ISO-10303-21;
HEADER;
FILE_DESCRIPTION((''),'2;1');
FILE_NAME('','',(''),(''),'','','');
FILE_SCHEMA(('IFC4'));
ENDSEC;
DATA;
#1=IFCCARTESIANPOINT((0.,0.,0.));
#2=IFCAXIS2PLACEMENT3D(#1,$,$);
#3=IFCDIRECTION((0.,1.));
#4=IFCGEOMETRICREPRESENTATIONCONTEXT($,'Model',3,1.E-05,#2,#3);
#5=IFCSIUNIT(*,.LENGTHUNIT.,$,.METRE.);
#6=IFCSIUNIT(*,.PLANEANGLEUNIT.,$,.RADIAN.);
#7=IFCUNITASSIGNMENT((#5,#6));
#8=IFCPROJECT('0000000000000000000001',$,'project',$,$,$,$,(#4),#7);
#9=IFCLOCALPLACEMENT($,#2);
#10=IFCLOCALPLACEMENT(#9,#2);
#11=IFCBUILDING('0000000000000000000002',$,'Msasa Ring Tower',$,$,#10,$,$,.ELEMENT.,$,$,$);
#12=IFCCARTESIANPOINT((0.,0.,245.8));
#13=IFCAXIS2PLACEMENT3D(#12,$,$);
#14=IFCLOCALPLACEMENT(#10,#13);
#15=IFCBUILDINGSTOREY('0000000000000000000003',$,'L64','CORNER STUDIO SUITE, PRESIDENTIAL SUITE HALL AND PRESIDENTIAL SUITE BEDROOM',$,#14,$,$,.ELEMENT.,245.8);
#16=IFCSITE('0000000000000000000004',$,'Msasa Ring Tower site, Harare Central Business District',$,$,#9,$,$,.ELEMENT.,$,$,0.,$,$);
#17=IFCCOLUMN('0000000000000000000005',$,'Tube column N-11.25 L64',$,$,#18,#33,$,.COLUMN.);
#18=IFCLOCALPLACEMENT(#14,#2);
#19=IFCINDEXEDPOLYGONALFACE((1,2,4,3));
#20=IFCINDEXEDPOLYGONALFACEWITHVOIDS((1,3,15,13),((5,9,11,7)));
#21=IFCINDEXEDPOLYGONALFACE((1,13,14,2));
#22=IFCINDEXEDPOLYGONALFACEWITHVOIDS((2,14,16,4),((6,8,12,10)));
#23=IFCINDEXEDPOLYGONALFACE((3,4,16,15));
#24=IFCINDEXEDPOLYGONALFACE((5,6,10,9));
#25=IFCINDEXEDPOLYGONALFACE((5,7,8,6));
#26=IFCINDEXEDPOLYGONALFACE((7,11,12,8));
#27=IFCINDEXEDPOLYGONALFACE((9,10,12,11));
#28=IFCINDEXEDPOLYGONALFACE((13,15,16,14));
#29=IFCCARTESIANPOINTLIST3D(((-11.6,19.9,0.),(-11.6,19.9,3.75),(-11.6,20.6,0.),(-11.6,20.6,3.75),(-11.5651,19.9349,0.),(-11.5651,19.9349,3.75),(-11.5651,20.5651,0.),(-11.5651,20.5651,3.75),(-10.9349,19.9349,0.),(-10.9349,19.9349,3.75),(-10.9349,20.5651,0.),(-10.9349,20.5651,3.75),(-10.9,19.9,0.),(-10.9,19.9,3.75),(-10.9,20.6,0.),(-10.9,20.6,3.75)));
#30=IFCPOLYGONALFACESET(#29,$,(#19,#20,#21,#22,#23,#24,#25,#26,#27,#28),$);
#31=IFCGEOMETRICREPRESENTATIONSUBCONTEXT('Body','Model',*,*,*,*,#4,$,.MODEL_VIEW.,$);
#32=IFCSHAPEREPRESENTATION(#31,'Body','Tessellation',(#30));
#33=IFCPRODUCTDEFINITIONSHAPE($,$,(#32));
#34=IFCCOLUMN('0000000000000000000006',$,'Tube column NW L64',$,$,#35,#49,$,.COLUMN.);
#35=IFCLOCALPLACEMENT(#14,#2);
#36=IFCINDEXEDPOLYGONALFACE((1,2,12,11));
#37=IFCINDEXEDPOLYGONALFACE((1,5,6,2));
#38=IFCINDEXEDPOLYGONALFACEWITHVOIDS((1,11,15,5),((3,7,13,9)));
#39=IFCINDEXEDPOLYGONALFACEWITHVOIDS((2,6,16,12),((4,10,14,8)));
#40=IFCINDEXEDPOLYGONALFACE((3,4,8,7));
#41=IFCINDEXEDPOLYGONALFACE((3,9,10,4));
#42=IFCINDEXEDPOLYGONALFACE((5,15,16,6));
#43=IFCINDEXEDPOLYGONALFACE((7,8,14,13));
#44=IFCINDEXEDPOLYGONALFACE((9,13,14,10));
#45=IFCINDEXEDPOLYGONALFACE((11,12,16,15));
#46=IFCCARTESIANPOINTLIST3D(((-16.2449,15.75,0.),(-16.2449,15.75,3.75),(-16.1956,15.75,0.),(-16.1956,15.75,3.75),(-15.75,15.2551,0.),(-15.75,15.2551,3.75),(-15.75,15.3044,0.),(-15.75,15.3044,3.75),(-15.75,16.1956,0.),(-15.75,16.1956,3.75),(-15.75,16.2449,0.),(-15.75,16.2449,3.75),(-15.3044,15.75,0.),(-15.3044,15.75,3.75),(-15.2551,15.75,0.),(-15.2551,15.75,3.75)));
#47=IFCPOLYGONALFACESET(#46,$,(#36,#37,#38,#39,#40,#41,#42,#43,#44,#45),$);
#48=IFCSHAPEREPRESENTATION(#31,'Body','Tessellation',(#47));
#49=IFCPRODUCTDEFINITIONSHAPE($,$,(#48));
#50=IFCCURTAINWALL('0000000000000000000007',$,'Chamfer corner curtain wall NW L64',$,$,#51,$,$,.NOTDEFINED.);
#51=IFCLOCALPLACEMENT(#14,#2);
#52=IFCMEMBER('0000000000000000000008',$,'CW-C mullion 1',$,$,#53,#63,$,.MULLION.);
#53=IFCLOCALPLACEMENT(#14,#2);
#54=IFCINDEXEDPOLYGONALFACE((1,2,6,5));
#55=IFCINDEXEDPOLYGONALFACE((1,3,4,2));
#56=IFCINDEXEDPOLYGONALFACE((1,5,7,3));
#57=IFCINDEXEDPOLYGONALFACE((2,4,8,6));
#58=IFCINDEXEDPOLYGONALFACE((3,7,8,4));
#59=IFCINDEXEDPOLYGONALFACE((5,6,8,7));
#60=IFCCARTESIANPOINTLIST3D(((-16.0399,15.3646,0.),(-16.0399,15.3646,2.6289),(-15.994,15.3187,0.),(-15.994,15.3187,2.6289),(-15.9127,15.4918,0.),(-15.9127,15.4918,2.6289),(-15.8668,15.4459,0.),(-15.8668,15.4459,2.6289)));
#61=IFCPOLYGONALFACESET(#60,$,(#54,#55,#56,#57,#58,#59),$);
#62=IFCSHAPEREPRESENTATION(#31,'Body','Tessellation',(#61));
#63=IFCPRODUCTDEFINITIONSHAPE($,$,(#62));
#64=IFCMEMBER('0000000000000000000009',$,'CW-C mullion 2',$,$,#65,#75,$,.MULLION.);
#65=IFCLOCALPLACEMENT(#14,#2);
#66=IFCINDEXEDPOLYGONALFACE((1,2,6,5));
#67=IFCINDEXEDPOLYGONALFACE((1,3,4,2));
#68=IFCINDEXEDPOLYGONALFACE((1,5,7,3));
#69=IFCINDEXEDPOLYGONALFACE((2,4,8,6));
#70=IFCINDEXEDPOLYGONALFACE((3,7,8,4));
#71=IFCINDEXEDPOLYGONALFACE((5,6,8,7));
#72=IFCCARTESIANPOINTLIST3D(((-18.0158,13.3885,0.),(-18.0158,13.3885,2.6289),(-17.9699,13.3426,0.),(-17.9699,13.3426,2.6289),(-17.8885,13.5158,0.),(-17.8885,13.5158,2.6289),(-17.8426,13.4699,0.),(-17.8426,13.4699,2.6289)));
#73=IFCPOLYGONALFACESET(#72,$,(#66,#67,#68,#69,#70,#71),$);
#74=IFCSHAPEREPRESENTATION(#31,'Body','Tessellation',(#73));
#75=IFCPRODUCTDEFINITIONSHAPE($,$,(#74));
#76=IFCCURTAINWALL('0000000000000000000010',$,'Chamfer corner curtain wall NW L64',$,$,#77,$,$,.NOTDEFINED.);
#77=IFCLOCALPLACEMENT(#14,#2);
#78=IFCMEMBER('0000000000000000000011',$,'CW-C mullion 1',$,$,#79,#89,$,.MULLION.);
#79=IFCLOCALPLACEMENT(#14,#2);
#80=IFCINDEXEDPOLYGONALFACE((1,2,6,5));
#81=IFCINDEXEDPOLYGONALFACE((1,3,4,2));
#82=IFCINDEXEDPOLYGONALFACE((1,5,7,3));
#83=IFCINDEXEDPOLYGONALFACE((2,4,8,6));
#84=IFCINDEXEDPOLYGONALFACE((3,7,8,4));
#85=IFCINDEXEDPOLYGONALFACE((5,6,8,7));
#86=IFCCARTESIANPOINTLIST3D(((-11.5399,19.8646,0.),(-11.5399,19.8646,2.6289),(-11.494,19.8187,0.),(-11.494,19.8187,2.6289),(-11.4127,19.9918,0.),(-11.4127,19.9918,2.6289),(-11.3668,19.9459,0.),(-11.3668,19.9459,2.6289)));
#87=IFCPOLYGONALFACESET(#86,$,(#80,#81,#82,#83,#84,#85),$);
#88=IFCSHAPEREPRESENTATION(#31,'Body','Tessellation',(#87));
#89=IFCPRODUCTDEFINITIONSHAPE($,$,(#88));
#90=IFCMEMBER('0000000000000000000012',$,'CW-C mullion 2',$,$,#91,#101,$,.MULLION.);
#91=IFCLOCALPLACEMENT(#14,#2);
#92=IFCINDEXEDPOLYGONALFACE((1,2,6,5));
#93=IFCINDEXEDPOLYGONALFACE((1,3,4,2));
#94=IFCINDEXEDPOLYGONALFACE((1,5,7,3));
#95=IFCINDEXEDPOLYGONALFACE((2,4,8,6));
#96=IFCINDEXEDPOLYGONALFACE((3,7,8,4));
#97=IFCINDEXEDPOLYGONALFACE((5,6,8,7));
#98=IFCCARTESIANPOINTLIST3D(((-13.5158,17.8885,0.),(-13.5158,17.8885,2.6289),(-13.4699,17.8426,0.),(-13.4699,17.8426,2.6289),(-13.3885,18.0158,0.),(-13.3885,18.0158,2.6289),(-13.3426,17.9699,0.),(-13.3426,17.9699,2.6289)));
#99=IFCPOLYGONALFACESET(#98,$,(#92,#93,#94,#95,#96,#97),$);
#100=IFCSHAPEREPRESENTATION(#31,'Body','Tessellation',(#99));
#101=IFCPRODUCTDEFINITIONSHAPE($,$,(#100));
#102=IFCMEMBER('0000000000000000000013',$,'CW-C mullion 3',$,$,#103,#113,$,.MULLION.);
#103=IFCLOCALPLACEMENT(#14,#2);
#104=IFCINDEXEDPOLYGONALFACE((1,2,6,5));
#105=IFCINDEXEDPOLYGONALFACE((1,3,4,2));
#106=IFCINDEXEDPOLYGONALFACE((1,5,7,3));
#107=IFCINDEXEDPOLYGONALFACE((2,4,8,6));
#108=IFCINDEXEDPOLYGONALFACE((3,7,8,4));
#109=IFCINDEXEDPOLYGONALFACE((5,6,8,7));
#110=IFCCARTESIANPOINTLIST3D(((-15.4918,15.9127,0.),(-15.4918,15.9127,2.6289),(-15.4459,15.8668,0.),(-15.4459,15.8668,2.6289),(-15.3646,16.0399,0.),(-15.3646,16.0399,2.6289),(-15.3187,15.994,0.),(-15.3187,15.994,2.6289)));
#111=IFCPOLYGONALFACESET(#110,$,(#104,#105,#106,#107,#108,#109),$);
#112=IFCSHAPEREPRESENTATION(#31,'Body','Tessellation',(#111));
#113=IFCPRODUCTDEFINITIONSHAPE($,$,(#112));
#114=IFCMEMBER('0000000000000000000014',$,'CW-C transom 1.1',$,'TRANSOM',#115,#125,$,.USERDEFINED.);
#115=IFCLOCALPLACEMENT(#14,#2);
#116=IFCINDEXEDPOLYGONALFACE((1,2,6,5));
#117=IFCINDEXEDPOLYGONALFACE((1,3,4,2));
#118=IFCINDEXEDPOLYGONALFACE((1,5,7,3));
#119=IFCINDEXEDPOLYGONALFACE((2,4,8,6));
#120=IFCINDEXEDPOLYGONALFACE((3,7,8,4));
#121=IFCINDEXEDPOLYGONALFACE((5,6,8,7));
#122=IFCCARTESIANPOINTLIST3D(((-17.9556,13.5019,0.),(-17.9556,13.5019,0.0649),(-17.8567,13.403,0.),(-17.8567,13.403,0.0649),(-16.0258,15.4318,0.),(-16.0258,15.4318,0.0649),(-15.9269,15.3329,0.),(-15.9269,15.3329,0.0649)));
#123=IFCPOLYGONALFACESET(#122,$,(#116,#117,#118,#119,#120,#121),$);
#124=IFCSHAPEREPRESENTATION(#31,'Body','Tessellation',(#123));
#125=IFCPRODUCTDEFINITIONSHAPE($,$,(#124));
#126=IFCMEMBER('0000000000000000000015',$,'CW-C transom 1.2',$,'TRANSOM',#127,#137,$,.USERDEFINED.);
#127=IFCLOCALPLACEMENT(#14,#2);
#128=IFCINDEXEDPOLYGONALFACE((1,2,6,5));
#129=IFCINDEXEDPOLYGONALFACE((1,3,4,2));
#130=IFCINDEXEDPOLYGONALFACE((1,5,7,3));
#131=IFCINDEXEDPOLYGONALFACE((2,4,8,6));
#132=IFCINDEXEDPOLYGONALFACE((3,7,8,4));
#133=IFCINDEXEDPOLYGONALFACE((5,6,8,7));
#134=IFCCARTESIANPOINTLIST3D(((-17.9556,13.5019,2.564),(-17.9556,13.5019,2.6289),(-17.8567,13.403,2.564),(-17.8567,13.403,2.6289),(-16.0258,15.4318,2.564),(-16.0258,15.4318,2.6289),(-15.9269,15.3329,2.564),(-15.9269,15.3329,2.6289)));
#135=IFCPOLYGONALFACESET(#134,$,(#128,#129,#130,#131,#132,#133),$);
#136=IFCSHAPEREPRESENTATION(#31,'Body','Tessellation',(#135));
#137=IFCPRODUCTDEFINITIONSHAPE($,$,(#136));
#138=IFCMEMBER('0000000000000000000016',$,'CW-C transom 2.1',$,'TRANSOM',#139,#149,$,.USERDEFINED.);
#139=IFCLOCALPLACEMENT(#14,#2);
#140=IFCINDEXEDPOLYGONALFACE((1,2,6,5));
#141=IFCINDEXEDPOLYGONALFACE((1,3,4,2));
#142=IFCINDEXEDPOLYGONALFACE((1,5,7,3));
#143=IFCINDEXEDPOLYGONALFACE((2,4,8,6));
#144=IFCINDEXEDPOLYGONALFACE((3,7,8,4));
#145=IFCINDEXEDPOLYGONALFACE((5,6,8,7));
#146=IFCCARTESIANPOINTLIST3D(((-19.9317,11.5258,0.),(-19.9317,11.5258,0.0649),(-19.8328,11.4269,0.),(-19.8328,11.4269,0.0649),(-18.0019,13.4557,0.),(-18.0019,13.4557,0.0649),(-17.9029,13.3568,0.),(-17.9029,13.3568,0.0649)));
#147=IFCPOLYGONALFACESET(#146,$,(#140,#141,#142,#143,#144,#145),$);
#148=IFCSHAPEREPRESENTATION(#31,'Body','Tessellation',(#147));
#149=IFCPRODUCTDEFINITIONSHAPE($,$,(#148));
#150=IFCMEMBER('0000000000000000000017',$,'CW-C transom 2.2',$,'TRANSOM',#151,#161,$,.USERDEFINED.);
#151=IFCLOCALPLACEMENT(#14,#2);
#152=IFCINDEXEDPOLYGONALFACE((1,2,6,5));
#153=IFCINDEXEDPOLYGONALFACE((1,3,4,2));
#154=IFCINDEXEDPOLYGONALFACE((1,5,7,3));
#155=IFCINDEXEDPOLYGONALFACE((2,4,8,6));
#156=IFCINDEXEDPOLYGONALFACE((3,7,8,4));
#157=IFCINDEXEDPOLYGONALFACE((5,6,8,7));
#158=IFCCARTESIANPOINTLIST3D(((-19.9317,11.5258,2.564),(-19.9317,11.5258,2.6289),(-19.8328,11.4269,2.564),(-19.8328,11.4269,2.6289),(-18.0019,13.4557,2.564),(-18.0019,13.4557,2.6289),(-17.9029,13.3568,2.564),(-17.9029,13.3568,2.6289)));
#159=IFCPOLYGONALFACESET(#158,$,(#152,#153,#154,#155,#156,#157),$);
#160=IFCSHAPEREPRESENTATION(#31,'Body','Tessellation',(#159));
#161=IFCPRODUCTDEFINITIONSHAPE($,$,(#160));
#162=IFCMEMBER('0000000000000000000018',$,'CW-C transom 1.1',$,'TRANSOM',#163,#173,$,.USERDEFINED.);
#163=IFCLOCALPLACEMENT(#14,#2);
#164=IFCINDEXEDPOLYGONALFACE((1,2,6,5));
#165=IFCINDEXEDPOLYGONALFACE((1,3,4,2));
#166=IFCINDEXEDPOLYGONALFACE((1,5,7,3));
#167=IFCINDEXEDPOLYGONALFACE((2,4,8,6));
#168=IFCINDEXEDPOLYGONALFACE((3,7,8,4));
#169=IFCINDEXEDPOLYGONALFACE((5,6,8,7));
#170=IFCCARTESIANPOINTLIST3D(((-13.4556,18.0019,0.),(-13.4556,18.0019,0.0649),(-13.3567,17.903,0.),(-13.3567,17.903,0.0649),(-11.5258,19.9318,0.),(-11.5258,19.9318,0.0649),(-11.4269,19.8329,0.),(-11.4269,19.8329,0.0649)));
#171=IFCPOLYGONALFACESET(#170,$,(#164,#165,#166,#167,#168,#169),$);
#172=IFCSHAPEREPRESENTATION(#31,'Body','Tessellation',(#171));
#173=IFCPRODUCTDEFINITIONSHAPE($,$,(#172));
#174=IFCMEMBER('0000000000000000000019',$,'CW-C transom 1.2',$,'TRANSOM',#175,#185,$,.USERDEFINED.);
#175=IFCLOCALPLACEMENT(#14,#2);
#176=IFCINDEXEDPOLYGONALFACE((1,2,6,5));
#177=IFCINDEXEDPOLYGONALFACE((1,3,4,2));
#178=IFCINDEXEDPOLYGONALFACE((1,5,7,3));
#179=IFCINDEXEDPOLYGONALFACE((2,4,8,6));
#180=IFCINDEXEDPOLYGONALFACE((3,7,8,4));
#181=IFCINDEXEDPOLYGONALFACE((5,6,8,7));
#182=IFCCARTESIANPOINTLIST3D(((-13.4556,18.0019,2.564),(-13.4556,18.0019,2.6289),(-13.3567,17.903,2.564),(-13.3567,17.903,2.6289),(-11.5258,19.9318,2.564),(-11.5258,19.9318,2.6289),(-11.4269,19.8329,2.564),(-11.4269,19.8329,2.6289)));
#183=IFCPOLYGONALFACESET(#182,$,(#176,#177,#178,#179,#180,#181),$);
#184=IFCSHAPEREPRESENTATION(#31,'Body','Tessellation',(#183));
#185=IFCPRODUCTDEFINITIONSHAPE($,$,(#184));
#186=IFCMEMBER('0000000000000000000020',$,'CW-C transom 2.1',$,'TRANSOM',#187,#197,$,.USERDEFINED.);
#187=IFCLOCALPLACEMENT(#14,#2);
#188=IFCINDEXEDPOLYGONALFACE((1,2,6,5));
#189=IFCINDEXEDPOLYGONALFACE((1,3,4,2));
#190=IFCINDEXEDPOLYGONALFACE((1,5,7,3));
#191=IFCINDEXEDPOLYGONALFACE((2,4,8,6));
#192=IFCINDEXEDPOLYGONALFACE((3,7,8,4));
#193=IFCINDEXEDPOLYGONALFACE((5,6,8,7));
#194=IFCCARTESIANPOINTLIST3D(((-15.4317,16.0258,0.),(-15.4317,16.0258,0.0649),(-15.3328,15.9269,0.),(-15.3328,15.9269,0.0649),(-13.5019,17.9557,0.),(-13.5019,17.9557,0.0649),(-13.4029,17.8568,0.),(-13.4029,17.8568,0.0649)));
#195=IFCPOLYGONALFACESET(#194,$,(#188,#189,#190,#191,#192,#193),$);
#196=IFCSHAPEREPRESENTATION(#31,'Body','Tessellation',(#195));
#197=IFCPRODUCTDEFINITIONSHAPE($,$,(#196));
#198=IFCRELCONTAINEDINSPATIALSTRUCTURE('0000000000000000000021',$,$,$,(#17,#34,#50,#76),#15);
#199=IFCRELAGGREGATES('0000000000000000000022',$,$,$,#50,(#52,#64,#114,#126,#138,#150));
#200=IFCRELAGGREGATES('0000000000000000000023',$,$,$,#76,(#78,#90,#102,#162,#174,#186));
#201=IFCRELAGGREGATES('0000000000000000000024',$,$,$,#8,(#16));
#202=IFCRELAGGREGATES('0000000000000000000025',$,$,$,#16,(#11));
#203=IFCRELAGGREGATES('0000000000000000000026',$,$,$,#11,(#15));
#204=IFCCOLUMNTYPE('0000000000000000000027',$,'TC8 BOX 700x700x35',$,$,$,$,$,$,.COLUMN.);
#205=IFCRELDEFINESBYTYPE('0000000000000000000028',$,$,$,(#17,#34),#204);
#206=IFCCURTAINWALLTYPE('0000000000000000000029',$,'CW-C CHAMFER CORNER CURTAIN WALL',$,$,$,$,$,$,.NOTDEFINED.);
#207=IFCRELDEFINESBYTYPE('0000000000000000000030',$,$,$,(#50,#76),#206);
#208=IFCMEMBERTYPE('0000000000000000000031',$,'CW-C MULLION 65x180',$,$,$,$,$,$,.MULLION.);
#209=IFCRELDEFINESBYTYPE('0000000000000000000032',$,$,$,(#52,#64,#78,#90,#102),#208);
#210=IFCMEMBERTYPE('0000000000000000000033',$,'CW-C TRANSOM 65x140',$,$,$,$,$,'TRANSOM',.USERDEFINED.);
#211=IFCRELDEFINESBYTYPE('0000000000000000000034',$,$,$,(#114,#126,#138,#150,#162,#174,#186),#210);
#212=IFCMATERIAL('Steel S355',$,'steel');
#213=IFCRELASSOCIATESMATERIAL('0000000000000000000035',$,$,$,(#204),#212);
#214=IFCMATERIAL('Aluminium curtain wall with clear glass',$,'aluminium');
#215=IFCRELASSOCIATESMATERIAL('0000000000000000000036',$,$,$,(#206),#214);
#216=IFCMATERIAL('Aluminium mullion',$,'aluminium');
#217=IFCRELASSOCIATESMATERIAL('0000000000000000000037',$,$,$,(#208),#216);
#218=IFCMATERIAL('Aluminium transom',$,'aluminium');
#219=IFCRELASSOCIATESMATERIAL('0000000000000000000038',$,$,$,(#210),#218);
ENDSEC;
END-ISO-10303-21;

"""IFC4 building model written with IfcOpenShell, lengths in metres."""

from ifc_helpers import new_model, si_unit, direction, frame, origin, origin_2d, place, context, subcontext, project, spatial, rectangle, hollow_rectangle, extrude, material, material_profile, profile_set, type_object, element, aggregate, save


model = new_model("IFC4")

# Units and contexts
model_context = context("Model", 3, precision=1e-05, world=origin(), true_north=direction((0.0, 1.0)))
body_context = subcontext(model_context, "Body", "Model", "MODEL_VIEW")
ifc_project = project(units=[si_unit("LENGTHUNIT", "METRE"), si_unit("PLANEANGLEUNIT", "RADIAN")], contexts=[model_context])

# Site, building, storey
site_placement = place(None, origin())
site = spatial("IfcSite", under=ifc_project, at=site_placement, Name="Msasa Ring Tower site, Harare Central Business District", CompositionType="ELEMENT", RefElevation=0.0)
building_placement = place(site_placement, origin())
building = spatial("IfcBuilding", under=site, at=building_placement, Name="Msasa Ring Tower", CompositionType="ELEMENT")
storey_placement = place(building_placement, frame((0.0, 0.0, 245.8)))
storey = spatial("IfcBuildingStorey", under=building, at=storey_placement, Name="L64", Description="CORNER STUDIO SUITE, PRESIDENTIAL SUITE HALL AND PRESIDENTIAL SUITE BEDROOM", CompositionType="ELEMENT", Elevation=245.8)

# Columns
ifc_material_1 = material(Name="Steel S355", Category="steel")
ifc_material_profile_1 = material_profile(ifc_material_1, hollow_rectangle(XDim=0.7, YDim=0.7, WallThickness=0.0349, at=origin_2d()), Name="BOX 700x700x35")
ifc_profile_set_1 = profile_set([ifc_material_profile_1], Name="Steel S355")
column_type = type_object("IfcColumnType", Name="TC8 BOX 700x700x35", PredefinedType="COLUMN", material=ifc_profile_set_1)
for number, where, z_axis, x_axis, name in (
    (1, (-11.25, 20.25, 0.0), (0.0, 0.0, 1.0), (0.0, 1.0, 0.0), "Tube column N-11.25 L64"),
    (2, (-15.75, 15.75, 0.0), (0.0, 0.0, 1.0), (0.707107, -0.707107, 0.0), "Tube column NW L64"),
):
    element("IfcColumn", number, at=place(storey_placement, frame(where, z_axis=z_axis, x_axis=x_axis)), inside=storey, type_object=column_type, Name=name, PredefinedType="COLUMN", context=body_context, shape_type="SweptSolid", body=[
        extrude(hollow_rectangle(XDim=0.7, YDim=0.7, WallThickness=0.0349, at=origin_2d()), origin(), (0.0, 0.0, 1.0), 3.75),
    ])

# Curtain walls, members
ifc_material_2 = material(Name="Aluminium curtain wall with clear glass", Category="aluminium")
curtain_wall_type = type_object("IfcCurtainWallType", Name="CW-C CHAMFER CORNER CURTAIN WALL", PredefinedType="NOTDEFINED", material=ifc_material_2)
curtain_wall_1_placement = place(storey_placement, origin())
curtain_wall_1 = element("IfcCurtainWall", 3, at=curtain_wall_1_placement, inside=storey, type_object=curtain_wall_type, Name="Chamfer corner curtain wall NW L64", PredefinedType="NOTDEFINED")
ifc_material_3 = material(Name="Aluminium mullion", Category="aluminium")
ifc_material_profile_2 = material_profile(ifc_material_3, rectangle(XDim=0.0649, YDim=0.1799, at=origin_2d()), Name="AL 65x180")
ifc_profile_set_2 = profile_set([ifc_material_profile_2], Name="Aluminium mullion")
member_type_1 = type_object("IfcMemberType", Name="CW-C MULLION 65x180", PredefinedType="MULLION", material=ifc_profile_set_2)
member_1_placement = place(storey_placement, frame((-15.9534, 15.4053, 0.0), z_axis=(0.0, 0.0, 1.0), x_axis=(0.707107, -0.707107, 0.0)))
member_1 = element("IfcMember", 4, at=member_1_placement, type_object=member_type_1, Name="CW-C mullion 1", PredefinedType="MULLION", context=body_context, shape_type="SweptSolid", body=[
    extrude(rectangle(XDim=0.0649, YDim=0.1799, at=origin_2d()), origin(), (0.0, 0.0, 1.0), 2.6289),
])
member_2_placement = place(storey_placement, frame((-17.9292, 13.4292, 0.0), z_axis=(0.0, 0.0, 1.0), x_axis=(0.707107, -0.707107, 0.0)))
member_2 = element("IfcMember", 5, at=member_2_placement, type_object=member_type_1, Name="CW-C mullion 2", PredefinedType="MULLION", context=body_context, shape_type="SweptSolid", body=[
    extrude(rectangle(XDim=0.0649, YDim=0.1799, at=origin_2d()), origin(), (0.0, 0.0, 1.0), 2.6289),
])
curtain_wall_2_placement = place(storey_placement, origin())
curtain_wall_2 = element("IfcCurtainWall", 6, at=curtain_wall_2_placement, inside=storey, type_object=curtain_wall_type, Name="Chamfer corner curtain wall NW L64", PredefinedType="NOTDEFINED")
member_3_placement = place(storey_placement, frame((-11.4534, 19.9053, 0.0), z_axis=(0.0, 0.0, 1.0), x_axis=(0.707107, -0.707107, 0.0)))
member_3 = element("IfcMember", 7, at=member_3_placement, type_object=member_type_1, Name="CW-C mullion 1", PredefinedType="MULLION", context=body_context, shape_type="SweptSolid", body=[
    extrude(rectangle(XDim=0.0649, YDim=0.1799, at=origin_2d()), origin(), (0.0, 0.0, 1.0), 2.6289),
])
member_4_placement = place(storey_placement, frame((-13.4292, 17.9292, 0.0), z_axis=(0.0, 0.0, 1.0), x_axis=(0.707107, -0.707107, 0.0)))
member_4 = element("IfcMember", 8, at=member_4_placement, type_object=member_type_1, Name="CW-C mullion 2", PredefinedType="MULLION", context=body_context, shape_type="SweptSolid", body=[
    extrude(rectangle(XDim=0.0649, YDim=0.1799, at=origin_2d()), origin(), (0.0, 0.0, 1.0), 2.6289),
])
member_5_placement = place(storey_placement, frame((-15.4053, 15.9534, 0.0), z_axis=(0.0, 0.0, 1.0), x_axis=(0.707107, -0.707107, 0.0)))
member_5 = element("IfcMember", 9, at=member_5_placement, type_object=member_type_1, Name="CW-C mullion 3", PredefinedType="MULLION", context=body_context, shape_type="SweptSolid", body=[
    extrude(rectangle(XDim=0.0649, YDim=0.1799, at=origin_2d()), origin(), (0.0, 0.0, 1.0), 2.6289),
])

# Members
ifc_material_4 = material(Name="Aluminium transom", Category="aluminium")
ifc_material_profile_3 = material_profile(ifc_material_4, rectangle(XDim=0.1399, YDim=0.0649, at=origin_2d()), Name="AL 65x140")
ifc_profile_set_3 = profile_set([ifc_material_profile_3], Name="Aluminium transom")
member_type_2 = type_object("IfcMemberType", Name="CW-C TRANSOM 65x140", ElementType="TRANSOM", PredefinedType="USERDEFINED", material=ifc_profile_set_3)
member_6_placement = place(storey_placement, frame((-15.9763, 15.3823, 0.0325), z_axis=(-0.707107, -0.707107, 0.0), x_axis=(0.707107, -0.707107, 0.0)))
member_6 = element("IfcMember", 10, at=member_6_placement, type_object=member_type_2, Name="CW-C transom 1.1", ObjectType="TRANSOM", PredefinedType="USERDEFINED", context=body_context, shape_type="SweptSolid", body=[
    extrude(rectangle(XDim=0.1399, YDim=0.0649, at=origin_2d()), origin(), (0.0, 0.0, 1.0), 2.7292),
])
member_7_placement = place(storey_placement, frame((-15.9763, 15.3823, 2.5964), z_axis=(-0.707107, -0.707107, 0.0), x_axis=(0.707107, -0.707107, 0.0)))
member_7 = element("IfcMember", 11, at=member_7_placement, type_object=member_type_2, Name="CW-C transom 1.2", ObjectType="TRANSOM", PredefinedType="USERDEFINED", context=body_context, shape_type="SweptSolid", body=[
    extrude(rectangle(XDim=0.1399, YDim=0.0649, at=origin_2d()), origin(), (0.0, 0.0, 1.0), 2.7292),
])
member_8_placement = place(storey_placement, frame((-17.9524, 13.4062, 0.0325), z_axis=(-0.707107, -0.707107, 0.0), x_axis=(0.707107, -0.707107, 0.0)))
member_8 = element("IfcMember", 12, at=member_8_placement, type_object=member_type_2, Name="CW-C transom 2.1", ObjectType="TRANSOM", PredefinedType="USERDEFINED", context=body_context, shape_type="SweptSolid", body=[
    extrude(rectangle(XDim=0.1399, YDim=0.0649, at=origin_2d()), origin(), (0.0, 0.0, 1.0), 2.7292),
])
member_9_placement = place(storey_placement, frame((-17.9524, 13.4062, 2.5964), z_axis=(-0.707107, -0.707107, 0.0), x_axis=(0.707107, -0.707107, 0.0)))
member_9 = element("IfcMember", 13, at=member_9_placement, type_object=member_type_2, Name="CW-C transom 2.2", ObjectType="TRANSOM", PredefinedType="USERDEFINED", context=body_context, shape_type="SweptSolid", body=[
    extrude(rectangle(XDim=0.1399, YDim=0.0649, at=origin_2d()), origin(), (0.0, 0.0, 1.0), 2.7292),
])
member_10_placement = place(storey_placement, frame((-11.4763, 19.8823, 0.0325), z_axis=(-0.707107, -0.707107, 0.0), x_axis=(0.707107, -0.707107, 0.0)))
member_10 = element("IfcMember", 14, at=member_10_placement, type_object=member_type_2, Name="CW-C transom 1.1", ObjectType="TRANSOM", PredefinedType="USERDEFINED", context=body_context, shape_type="SweptSolid", body=[
    extrude(rectangle(XDim=0.1399, YDim=0.0649, at=origin_2d()), origin(), (0.0, 0.0, 1.0), 2.7292),
])
member_11_placement = place(storey_placement, frame((-11.4763, 19.8823, 2.5964), z_axis=(-0.707107, -0.707107, 0.0), x_axis=(0.707107, -0.707107, 0.0)))
member_11 = element("IfcMember", 15, at=member_11_placement, type_object=member_type_2, Name="CW-C transom 1.2", ObjectType="TRANSOM", PredefinedType="USERDEFINED", context=body_context, shape_type="SweptSolid", body=[
    extrude(rectangle(XDim=0.1399, YDim=0.0649, at=origin_2d()), origin(), (0.0, 0.0, 1.0), 2.7292),
])
member_12_placement = place(storey_placement, frame((-13.4524, 17.9062, 0.0325), z_axis=(-0.707107, -0.707107, 0.0), x_axis=(0.707107, -0.707107, 0.0)))
member_12 = element("IfcMember", 16, at=member_12_placement, type_object=member_type_2, Name="CW-C transom 2.1", ObjectType="TRANSOM", PredefinedType="USERDEFINED", context=body_context, shape_type="SweptSolid", body=[
    extrude(rectangle(XDim=0.1399, YDim=0.0649, at=origin_2d()), origin(), (0.0, 0.0, 1.0), 2.7292),
])

aggregate(curtain_wall_1, [member_1, member_2, member_6, member_7, member_8, member_9])
aggregate(curtain_wall_2, [member_3, member_4, member_5, member_10, member_11, member_12])

save(model, "model.ifc")
